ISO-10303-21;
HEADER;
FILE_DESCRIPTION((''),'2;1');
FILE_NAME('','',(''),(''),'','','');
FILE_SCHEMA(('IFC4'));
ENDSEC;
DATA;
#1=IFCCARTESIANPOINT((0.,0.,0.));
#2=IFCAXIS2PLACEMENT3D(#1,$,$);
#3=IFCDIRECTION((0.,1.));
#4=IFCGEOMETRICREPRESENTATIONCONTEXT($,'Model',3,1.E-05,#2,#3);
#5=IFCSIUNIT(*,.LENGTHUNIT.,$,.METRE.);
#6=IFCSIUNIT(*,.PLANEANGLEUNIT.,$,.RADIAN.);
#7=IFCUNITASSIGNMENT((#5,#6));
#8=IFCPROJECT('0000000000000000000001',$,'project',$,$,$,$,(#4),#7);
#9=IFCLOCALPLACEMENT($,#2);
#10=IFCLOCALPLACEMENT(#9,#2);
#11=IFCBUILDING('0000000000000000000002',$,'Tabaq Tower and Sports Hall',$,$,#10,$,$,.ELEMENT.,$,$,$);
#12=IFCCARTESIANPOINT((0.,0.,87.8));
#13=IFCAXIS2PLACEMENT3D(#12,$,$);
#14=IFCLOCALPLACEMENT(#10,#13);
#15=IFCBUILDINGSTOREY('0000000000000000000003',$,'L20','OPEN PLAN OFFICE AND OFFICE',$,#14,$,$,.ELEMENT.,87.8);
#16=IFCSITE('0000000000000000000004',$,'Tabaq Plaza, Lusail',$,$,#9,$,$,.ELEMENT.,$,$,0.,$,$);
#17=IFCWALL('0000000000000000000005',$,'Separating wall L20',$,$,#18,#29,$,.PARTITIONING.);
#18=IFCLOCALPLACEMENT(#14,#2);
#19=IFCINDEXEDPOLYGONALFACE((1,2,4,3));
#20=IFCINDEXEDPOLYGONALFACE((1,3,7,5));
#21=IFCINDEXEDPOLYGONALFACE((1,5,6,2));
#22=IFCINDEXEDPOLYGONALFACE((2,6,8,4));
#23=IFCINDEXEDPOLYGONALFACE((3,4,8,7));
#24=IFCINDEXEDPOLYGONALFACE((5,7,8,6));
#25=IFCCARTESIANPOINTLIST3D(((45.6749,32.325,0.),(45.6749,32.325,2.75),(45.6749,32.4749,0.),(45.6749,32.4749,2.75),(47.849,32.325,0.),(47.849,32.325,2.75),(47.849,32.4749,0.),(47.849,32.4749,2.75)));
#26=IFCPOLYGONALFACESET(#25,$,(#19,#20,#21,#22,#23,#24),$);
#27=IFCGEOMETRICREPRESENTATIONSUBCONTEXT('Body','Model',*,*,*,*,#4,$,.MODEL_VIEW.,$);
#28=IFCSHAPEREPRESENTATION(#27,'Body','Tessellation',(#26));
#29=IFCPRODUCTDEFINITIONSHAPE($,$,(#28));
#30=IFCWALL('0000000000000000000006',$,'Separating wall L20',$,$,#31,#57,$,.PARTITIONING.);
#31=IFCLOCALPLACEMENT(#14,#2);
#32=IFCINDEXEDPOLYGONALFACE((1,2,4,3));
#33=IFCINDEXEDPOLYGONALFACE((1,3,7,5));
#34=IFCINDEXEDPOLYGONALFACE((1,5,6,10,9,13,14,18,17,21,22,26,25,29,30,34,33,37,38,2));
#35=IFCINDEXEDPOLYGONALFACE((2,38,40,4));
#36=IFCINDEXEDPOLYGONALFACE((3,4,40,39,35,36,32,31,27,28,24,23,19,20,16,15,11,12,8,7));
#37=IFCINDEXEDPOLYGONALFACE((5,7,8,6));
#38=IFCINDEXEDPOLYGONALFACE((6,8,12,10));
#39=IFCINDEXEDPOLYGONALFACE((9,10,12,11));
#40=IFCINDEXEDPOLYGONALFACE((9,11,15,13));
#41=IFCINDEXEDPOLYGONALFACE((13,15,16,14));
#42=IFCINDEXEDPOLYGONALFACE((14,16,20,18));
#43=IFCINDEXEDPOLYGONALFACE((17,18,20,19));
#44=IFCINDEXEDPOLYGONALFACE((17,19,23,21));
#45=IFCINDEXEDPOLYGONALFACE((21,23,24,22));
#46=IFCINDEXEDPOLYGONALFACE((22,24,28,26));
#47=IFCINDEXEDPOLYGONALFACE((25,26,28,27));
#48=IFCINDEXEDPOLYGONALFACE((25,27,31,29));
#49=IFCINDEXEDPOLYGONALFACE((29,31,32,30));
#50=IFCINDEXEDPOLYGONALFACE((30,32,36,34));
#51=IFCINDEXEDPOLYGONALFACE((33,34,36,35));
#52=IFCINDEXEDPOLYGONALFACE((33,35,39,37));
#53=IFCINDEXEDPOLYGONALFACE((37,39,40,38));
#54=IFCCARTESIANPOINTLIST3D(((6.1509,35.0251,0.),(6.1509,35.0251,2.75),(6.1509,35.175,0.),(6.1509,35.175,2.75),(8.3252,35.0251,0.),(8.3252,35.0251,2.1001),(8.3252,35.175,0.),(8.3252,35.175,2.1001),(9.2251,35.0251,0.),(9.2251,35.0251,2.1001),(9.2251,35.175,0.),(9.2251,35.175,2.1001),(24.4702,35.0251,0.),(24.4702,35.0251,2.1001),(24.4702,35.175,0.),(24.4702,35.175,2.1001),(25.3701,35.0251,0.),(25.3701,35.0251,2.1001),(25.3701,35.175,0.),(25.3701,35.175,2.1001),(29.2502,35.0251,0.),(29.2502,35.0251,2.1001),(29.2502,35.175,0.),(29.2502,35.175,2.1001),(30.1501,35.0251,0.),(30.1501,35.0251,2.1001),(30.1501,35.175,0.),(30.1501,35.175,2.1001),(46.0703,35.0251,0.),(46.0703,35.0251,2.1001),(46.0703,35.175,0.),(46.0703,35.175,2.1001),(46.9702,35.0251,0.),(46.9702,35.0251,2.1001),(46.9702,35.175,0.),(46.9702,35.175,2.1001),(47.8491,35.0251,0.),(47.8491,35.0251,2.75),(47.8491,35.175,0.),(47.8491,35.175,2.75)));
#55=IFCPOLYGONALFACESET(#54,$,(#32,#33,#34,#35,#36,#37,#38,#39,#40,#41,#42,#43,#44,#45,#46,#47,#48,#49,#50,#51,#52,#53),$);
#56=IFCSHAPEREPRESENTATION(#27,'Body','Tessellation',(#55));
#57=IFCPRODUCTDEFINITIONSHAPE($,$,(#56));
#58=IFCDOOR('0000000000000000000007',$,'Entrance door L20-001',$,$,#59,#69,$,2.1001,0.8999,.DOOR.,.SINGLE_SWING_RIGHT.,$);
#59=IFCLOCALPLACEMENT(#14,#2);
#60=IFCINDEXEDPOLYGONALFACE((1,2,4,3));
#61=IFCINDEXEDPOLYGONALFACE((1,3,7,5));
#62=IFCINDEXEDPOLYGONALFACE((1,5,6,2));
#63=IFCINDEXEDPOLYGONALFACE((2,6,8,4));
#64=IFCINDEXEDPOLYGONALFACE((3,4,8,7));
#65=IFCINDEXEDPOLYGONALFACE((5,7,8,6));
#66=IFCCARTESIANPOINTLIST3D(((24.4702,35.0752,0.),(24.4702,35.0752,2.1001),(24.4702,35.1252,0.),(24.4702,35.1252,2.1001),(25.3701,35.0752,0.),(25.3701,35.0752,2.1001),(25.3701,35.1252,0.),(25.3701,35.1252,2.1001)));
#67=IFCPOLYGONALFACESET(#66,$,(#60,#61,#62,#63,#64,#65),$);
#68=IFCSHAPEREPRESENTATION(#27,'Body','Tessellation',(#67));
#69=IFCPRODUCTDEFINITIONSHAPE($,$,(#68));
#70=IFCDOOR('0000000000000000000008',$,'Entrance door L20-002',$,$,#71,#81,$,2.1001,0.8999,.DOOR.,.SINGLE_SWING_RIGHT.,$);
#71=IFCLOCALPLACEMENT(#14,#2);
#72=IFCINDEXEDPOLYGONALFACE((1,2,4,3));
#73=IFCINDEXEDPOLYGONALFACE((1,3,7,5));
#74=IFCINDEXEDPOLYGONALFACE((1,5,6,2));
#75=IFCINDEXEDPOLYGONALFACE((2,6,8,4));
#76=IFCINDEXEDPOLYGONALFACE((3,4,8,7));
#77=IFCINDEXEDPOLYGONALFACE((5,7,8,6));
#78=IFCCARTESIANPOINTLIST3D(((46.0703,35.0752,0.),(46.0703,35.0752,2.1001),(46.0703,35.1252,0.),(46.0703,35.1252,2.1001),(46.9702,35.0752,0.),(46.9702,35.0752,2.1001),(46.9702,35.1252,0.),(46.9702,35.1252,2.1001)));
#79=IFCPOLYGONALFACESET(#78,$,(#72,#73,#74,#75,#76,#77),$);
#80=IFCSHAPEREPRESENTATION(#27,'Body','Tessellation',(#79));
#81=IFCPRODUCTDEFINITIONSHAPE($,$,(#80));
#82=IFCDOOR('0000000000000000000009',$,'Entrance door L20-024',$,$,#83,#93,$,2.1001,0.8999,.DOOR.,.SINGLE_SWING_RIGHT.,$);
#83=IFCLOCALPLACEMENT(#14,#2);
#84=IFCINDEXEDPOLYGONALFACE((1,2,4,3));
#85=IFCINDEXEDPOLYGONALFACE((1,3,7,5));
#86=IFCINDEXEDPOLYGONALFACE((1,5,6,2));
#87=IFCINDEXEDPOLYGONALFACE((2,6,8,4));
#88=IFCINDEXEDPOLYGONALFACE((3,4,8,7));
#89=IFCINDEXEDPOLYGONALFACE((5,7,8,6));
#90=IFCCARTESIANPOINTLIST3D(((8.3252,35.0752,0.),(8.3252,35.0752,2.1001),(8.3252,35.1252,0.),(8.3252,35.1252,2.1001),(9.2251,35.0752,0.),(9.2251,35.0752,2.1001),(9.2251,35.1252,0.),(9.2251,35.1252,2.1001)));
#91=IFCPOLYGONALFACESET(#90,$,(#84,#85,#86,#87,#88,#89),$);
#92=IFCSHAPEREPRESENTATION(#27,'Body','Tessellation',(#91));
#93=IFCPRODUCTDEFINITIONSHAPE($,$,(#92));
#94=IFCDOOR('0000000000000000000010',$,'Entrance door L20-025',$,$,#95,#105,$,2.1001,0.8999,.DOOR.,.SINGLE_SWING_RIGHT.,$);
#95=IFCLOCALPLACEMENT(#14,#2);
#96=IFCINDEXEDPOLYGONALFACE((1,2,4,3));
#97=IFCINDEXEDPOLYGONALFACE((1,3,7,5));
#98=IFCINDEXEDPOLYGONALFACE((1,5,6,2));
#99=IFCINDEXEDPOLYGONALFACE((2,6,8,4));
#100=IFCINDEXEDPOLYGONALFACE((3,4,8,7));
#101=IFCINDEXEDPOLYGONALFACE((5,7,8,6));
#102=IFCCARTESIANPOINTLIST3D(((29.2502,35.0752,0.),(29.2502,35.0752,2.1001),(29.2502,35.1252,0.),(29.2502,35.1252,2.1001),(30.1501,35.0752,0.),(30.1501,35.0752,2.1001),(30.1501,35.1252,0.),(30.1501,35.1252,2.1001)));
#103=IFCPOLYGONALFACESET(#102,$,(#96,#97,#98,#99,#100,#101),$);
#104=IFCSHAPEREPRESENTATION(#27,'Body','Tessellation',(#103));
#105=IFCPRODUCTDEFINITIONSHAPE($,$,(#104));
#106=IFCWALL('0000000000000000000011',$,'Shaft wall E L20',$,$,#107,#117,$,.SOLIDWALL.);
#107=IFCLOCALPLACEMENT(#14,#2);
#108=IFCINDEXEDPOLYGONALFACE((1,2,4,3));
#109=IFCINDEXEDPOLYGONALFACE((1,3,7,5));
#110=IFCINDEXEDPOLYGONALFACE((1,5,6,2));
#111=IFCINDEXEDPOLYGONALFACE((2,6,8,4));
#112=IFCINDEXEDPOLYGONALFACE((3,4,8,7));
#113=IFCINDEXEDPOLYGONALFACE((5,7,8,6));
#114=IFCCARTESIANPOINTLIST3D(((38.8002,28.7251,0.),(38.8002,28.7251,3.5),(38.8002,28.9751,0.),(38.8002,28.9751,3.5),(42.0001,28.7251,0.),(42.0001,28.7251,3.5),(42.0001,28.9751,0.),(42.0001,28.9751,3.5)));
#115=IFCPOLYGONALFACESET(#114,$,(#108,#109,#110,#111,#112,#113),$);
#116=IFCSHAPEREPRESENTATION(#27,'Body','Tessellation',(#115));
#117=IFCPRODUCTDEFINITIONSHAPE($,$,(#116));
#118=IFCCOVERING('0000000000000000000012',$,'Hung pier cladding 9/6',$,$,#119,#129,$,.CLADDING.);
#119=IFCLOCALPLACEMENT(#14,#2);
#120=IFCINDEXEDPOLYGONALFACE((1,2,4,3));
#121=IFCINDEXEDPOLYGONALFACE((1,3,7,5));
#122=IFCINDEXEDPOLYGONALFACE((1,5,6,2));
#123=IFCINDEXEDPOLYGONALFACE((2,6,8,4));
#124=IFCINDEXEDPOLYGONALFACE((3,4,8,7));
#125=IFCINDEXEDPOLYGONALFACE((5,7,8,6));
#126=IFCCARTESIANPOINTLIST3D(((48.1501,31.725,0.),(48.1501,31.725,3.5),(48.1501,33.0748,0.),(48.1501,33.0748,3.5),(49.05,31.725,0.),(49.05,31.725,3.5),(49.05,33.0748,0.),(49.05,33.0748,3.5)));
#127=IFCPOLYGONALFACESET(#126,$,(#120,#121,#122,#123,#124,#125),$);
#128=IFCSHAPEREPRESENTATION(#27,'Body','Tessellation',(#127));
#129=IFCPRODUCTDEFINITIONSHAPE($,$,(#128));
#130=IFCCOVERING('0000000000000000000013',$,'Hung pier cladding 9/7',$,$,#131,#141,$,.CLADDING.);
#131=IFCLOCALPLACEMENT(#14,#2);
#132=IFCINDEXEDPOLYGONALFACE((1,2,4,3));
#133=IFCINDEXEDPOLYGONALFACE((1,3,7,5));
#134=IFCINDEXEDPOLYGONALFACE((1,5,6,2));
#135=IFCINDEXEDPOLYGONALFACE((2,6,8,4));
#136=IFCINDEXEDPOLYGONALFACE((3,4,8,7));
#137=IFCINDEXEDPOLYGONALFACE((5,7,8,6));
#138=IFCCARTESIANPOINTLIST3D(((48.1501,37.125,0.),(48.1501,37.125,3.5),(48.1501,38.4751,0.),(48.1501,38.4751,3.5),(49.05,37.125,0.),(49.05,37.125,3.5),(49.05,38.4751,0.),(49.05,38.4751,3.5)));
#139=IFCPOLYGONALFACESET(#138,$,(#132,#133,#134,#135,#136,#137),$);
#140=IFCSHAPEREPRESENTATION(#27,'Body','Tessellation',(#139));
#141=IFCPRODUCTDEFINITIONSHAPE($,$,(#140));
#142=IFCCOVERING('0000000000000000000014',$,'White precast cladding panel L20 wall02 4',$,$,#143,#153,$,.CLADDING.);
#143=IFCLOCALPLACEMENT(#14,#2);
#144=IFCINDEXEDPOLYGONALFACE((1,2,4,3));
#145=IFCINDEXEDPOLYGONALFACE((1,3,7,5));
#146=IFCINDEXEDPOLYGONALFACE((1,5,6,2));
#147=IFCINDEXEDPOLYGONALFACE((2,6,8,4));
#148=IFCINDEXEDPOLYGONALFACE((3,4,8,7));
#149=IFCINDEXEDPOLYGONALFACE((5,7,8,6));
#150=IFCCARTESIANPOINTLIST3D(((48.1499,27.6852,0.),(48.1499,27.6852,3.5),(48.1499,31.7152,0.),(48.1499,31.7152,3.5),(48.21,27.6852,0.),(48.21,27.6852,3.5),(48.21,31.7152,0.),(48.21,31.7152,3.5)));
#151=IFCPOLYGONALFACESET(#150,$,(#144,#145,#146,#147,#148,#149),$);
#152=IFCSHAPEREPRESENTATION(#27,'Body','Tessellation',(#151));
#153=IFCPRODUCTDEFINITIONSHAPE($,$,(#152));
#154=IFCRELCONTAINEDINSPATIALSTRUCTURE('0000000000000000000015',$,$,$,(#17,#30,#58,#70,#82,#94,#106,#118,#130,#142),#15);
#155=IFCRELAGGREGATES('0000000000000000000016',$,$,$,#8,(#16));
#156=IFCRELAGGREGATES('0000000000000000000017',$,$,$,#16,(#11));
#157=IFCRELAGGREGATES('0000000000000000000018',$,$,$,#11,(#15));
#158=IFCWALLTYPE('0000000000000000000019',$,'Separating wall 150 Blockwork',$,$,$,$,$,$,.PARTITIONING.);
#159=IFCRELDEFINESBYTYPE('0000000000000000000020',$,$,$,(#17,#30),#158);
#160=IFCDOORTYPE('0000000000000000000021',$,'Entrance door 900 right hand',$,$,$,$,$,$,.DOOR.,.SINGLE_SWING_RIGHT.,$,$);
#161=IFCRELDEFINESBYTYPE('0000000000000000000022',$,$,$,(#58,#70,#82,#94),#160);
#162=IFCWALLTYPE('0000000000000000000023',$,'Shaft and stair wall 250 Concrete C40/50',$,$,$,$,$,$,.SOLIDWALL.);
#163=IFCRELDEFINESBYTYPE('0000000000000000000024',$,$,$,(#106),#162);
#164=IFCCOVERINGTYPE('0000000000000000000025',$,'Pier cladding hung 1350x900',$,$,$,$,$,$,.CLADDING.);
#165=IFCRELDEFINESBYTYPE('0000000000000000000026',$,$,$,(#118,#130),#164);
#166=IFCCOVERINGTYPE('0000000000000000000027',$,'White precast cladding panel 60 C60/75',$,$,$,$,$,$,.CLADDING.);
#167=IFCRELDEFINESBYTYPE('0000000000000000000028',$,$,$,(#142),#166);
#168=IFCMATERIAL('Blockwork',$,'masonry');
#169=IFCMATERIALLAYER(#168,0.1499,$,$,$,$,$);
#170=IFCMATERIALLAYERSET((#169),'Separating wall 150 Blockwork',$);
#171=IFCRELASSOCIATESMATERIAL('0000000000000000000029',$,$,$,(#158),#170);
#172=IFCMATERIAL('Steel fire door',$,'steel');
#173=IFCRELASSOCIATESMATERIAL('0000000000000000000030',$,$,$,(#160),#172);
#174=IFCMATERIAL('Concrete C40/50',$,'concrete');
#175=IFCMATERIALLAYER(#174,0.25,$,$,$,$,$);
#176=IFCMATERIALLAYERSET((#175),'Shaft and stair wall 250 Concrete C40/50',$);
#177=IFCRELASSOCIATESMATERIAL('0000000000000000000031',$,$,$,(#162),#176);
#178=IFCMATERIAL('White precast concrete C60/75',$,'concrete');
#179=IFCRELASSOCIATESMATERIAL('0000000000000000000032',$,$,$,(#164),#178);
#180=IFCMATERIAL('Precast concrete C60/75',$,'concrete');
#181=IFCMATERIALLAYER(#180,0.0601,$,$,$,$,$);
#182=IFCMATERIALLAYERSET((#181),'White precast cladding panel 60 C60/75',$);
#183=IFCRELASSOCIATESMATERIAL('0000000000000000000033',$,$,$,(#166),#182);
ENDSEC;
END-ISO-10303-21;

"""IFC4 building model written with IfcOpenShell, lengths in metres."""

from ifc_helpers import new_model, si_unit, direction, frame, frame_2d, origin, place, context, subcontext, project, spatial, rectangle, extrude, material, layer, layer_set, type_object, element, fill, save


model = new_model("IFC4")

# Units and contexts
model_context = context("Model", 3, precision=1e-05, world=origin(), true_north=direction((0.0, 1.0)))
body_context = subcontext(model_context, "Body", "Model", "MODEL_VIEW")
ifc_project = project(units=[si_unit("LENGTHUNIT", "METRE"), si_unit("PLANEANGLEUNIT", "RADIAN")], contexts=[model_context])

# Site, building, storey
site_placement = place(None, origin())
site = spatial("IfcSite", under=ifc_project, at=site_placement, Name="Tabaq Plaza, Lusail", CompositionType="ELEMENT", RefElevation=0.0)
building_placement = place(site_placement, origin())
building = spatial("IfcBuilding", under=site, at=building_placement, Name="Tabaq Tower and Sports Hall", CompositionType="ELEMENT")
storey_placement = place(building_placement, frame((0.0, 0.0, 87.8)))
storey = spatial("IfcBuildingStorey", under=building, at=storey_placement, Name="L20", Description="OPEN PLAN OFFICE AND OFFICE", CompositionType="ELEMENT", Elevation=87.8)

# Wall
ifc_material_1 = material(Name="Blockwork", Category="masonry")
ifc_layer_1 = layer(ifc_material_1, 0.1499)
ifc_layer_set_1 = layer_set([ifc_layer_1], Name="Separating wall 150 Blockwork")
wall_type_1 = type_object("IfcWallType", Name="Separating wall 150 Blockwork", PredefinedType="PARTITIONING", material=ifc_layer_set_1)
wall_1_placement = place(storey_placement, frame((45.675, 32.3999, 0.0), z_axis=(0.0, 0.0, 1.0), x_axis=(1.0, 0.0, 0.0)))
element("IfcWall", 1, at=wall_1_placement, inside=storey, type_object=wall_type_1, Name="Separating wall L20", PredefinedType="PARTITIONING", context=body_context, shape_type="SweptSolid", body=[
    extrude(rectangle(XDim=2.1741, YDim=0.1499, at=frame_2d((1.0869, 0.0))), origin(), (0.0, 0.0, 1.0), 2.75),
])

# Wall, openings, doors
wall_2_placement = place(storey_placement, frame((47.8491, 35.1001, 0.0), z_axis=(0.0, 0.0, 1.0), x_axis=(-1.0, 0.0, 0.0)))
wall_2 = element("IfcWall", 2, at=wall_2_placement, inside=storey, type_object=wall_type_1, Name="Separating wall L20", PredefinedType="PARTITIONING", context=body_context, shape_type="SweptSolid", body=[
    extrude(rectangle(XDim=41.6982, YDim=0.1499, at=frame_2d((20.8491, 0.0))), origin(), (0.0, 0.0, 1.0), 2.75),
])
opening_1_placement = place(wall_2_placement, frame((22.479, 0.0, 0.0)))
opening_1 = element("IfcOpeningElement", 3, at=opening_1_placement, cuts=wall_2, PredefinedType="OPENING", context=body_context, shape_type="SweptSolid", body=[
    extrude(rectangle(XDim=0.8999, YDim=2.1001, at=frame_2d((0.45, 1.05))), frame((0.0, 0.075, 0.0), z_axis=(0.0, -1.0, 0.0), x_axis=(1.0, 0.0, 0.0)), (0.0, 0.0, 1.0), 0.1499),
])
opening_2_placement = place(wall_2_placement, frame((0.8789, 0.0, 0.0)))
opening_2 = element("IfcOpeningElement", 4, at=opening_2_placement, cuts=wall_2, PredefinedType="OPENING", context=body_context, shape_type="SweptSolid", body=[
    extrude(rectangle(XDim=0.8999, YDim=2.1001, at=frame_2d((0.45, 1.05))), frame((0.0, 0.075, 0.0), z_axis=(0.0, -1.0, 0.0), x_axis=(1.0, 0.0, 0.0)), (0.0, 0.0, 1.0), 0.1499),
])
opening_3_placement = place(wall_2_placement, frame((38.624, 0.0, 0.0)))
opening_3 = element("IfcOpeningElement", 5, at=opening_3_placement, cuts=wall_2, PredefinedType="OPENING", context=body_context, shape_type="SweptSolid", body=[
    extrude(rectangle(XDim=0.8999, YDim=2.1001, at=frame_2d((0.45, 1.05))), frame((0.0, 0.075, 0.0), z_axis=(0.0, -1.0, 0.0), x_axis=(1.0, 0.0, 0.0)), (0.0, 0.0, 1.0), 0.1499),
])
opening_4_placement = place(wall_2_placement, frame((17.699, 0.0, 0.0)))
opening_4 = element("IfcOpeningElement", 6, at=opening_4_placement, cuts=wall_2, PredefinedType="OPENING", context=body_context, shape_type="SweptSolid", body=[
    extrude(rectangle(XDim=0.8999, YDim=2.1001, at=frame_2d((0.45, 1.05))), frame((0.0, 0.075, 0.0), z_axis=(0.0, -1.0, 0.0), x_axis=(1.0, 0.0, 0.0)), (0.0, 0.0, 1.0), 0.1499),
])
ifc_material_2 = material(Name="Steel fire door", Category="steel")
door_type_1 = type_object("IfcDoorType", Name="Entrance door 900 right hand", OperationType="SINGLE_SWING_RIGHT", PredefinedType="DOOR", material=ifc_material_2)
door_1_placement = place(opening_1_placement, origin())
door_1 = element("IfcDoor", 7, at=door_1_placement, inside=storey, type_object=door_type_1, Name="Entrance door L20-001", OperationType="SINGLE_SWING_RIGHT", OverallHeight=2.1001, OverallWidth=0.8999, PredefinedType="DOOR", context=body_context, shape_type="SweptSolid", body=[
    extrude(rectangle(XDim=0.8999, YDim=2.1001, at=frame_2d((0.45, 1.05))), frame((0.0, 0.0249, 0.0), z_axis=(0.0, -1.0, 0.0), x_axis=(1.0, 0.0, 0.0)), (0.0, 0.0, 1.0), 0.05),
])
fill(opening_1, door_1)
door_2_placement = place(opening_2_placement, origin())
door_2 = element("IfcDoor", 8, at=door_2_placement, inside=storey, type_object=door_type_1, Name="Entrance door L20-002", OperationType="SINGLE_SWING_RIGHT", OverallHeight=2.1001, OverallWidth=0.8999, PredefinedType="DOOR", context=body_context, shape_type="SweptSolid", body=[
    extrude(rectangle(XDim=0.8999, YDim=2.1001, at=frame_2d((0.45, 1.05))), frame((0.0, 0.0249, 0.0), z_axis=(0.0, -1.0, 0.0), x_axis=(1.0, 0.0, 0.0)), (0.0, 0.0, 1.0), 0.05),
])
fill(opening_2, door_2)
door_3_placement = place(opening_3_placement, origin())
door_3 = element("IfcDoor", 9, at=door_3_placement, inside=storey, type_object=door_type_1, Name="Entrance door L20-024", OperationType="SINGLE_SWING_RIGHT", OverallHeight=2.1001, OverallWidth=0.8999, PredefinedType="DOOR", context=body_context, shape_type="SweptSolid", body=[
    extrude(rectangle(XDim=0.8999, YDim=2.1001, at=frame_2d((0.45, 1.05))), frame((0.0, 0.0249, 0.0), z_axis=(0.0, -1.0, 0.0), x_axis=(1.0, 0.0, 0.0)), (0.0, 0.0, 1.0), 0.05),
])
fill(opening_3, door_3)
door_4_placement = place(opening_4_placement, origin())
door_4 = element("IfcDoor", 10, at=door_4_placement, inside=storey, type_object=door_type_1, Name="Entrance door L20-025", OperationType="SINGLE_SWING_RIGHT", OverallHeight=2.1001, OverallWidth=0.8999, PredefinedType="DOOR", context=body_context, shape_type="SweptSolid", body=[
    extrude(rectangle(XDim=0.8999, YDim=2.1001, at=frame_2d((0.45, 1.05))), frame((0.0, 0.0249, 0.0), z_axis=(0.0, -1.0, 0.0), x_axis=(1.0, 0.0, 0.0)), (0.0, 0.0, 1.0), 0.05),
])
fill(opening_4, door_4)

# Wall
ifc_material_3 = material(Name="Concrete C40/50", Category="concrete")
ifc_layer_2 = layer(ifc_material_3, 0.25)
ifc_layer_set_2 = layer_set([ifc_layer_2], Name="Shaft and stair wall 250 Concrete C40/50")
wall_type_2 = type_object("IfcWallType", Name="Shaft and stair wall 250 Concrete C40/50", PredefinedType="SOLIDWALL", material=ifc_layer_set_2)
wall_3_placement = place(storey_placement, frame((38.8, 28.8501, 0.0), z_axis=(0.0, 0.0, 1.0), x_axis=(1.0, 0.0, 0.0)))
element("IfcWall", 11, at=wall_3_placement, inside=storey, type_object=wall_type_2, Name="Shaft wall E L20", PredefinedType="SOLIDWALL", context=body_context, shape_type="SweptSolid", body=[
    extrude(rectangle(XDim=3.2, YDim=0.25, at=frame_2d((1.6001, 0.0))), origin(), (0.0, 0.0, 1.0), 3.5),
])

# Coverings
ifc_material_4 = material(Name="White precast concrete C60/75", Category="concrete")
covering_type_1 = type_object("IfcCoveringType", Name="Pier cladding hung 1350x900", PredefinedType="CLADDING", material=ifc_material_4)
covering_1_placement = place(storey_placement, frame((48.6001, 31.7251, 0.0), z_axis=(0.0, 0.0, 1.0), x_axis=(0.0, 1.0, 0.0)))
element("IfcCovering", 12, at=covering_1_placement, inside=storey, type_object=covering_type_1, Name="Hung pier cladding 9/6", PredefinedType="CLADDING", context=body_context, shape_type="SweptSolid", body=[
    extrude(rectangle(XDim=1.3499, YDim=0.8999, at=frame_2d((0.6748, 0.0))), origin(), (0.0, 0.0, 1.0), 3.5),
])
covering_2_placement = place(storey_placement, frame((48.6001, 37.125, 0.0), z_axis=(0.0, 0.0, 1.0), x_axis=(0.0, 1.0, 0.0)))
element("IfcCovering", 13, at=covering_2_placement, inside=storey, type_object=covering_type_1, Name="Hung pier cladding 9/7", PredefinedType="CLADDING", context=body_context, shape_type="SweptSolid", body=[
    extrude(rectangle(XDim=1.3501, YDim=0.8999, at=frame_2d((0.675, 0.0))), origin(), (0.0, 0.0, 1.0), 3.5),
])
ifc_material_5 = material(Name="Precast concrete C60/75", Category="concrete")
ifc_layer_3 = layer(ifc_material_5, 0.0601)
ifc_layer_set_3 = layer_set([ifc_layer_3], Name="White precast cladding panel 60 C60/75")
covering_type_2 = type_object("IfcCoveringType", Name="White precast cladding panel 60 C60/75", PredefinedType="CLADDING", material=ifc_layer_set_3)
covering_3_placement = place(storey_placement, frame((48.1799, 27.6851, 0.0), z_axis=(0.0, 0.0, 1.0), x_axis=(0.0, 1.0, 0.0)))
element("IfcCovering", 14, at=covering_3_placement, inside=storey, type_object=covering_type_2, Name="White precast cladding panel L20 wall02 4", PredefinedType="CLADDING", context=body_context, shape_type="SweptSolid", body=[
    extrude(rectangle(XDim=4.03, YDim=0.0601, at=frame_2d((2.0151, 0.0))), origin(), (0.0, 0.0, 1.0), 3.5),
])

save(model, "model.ifc")
